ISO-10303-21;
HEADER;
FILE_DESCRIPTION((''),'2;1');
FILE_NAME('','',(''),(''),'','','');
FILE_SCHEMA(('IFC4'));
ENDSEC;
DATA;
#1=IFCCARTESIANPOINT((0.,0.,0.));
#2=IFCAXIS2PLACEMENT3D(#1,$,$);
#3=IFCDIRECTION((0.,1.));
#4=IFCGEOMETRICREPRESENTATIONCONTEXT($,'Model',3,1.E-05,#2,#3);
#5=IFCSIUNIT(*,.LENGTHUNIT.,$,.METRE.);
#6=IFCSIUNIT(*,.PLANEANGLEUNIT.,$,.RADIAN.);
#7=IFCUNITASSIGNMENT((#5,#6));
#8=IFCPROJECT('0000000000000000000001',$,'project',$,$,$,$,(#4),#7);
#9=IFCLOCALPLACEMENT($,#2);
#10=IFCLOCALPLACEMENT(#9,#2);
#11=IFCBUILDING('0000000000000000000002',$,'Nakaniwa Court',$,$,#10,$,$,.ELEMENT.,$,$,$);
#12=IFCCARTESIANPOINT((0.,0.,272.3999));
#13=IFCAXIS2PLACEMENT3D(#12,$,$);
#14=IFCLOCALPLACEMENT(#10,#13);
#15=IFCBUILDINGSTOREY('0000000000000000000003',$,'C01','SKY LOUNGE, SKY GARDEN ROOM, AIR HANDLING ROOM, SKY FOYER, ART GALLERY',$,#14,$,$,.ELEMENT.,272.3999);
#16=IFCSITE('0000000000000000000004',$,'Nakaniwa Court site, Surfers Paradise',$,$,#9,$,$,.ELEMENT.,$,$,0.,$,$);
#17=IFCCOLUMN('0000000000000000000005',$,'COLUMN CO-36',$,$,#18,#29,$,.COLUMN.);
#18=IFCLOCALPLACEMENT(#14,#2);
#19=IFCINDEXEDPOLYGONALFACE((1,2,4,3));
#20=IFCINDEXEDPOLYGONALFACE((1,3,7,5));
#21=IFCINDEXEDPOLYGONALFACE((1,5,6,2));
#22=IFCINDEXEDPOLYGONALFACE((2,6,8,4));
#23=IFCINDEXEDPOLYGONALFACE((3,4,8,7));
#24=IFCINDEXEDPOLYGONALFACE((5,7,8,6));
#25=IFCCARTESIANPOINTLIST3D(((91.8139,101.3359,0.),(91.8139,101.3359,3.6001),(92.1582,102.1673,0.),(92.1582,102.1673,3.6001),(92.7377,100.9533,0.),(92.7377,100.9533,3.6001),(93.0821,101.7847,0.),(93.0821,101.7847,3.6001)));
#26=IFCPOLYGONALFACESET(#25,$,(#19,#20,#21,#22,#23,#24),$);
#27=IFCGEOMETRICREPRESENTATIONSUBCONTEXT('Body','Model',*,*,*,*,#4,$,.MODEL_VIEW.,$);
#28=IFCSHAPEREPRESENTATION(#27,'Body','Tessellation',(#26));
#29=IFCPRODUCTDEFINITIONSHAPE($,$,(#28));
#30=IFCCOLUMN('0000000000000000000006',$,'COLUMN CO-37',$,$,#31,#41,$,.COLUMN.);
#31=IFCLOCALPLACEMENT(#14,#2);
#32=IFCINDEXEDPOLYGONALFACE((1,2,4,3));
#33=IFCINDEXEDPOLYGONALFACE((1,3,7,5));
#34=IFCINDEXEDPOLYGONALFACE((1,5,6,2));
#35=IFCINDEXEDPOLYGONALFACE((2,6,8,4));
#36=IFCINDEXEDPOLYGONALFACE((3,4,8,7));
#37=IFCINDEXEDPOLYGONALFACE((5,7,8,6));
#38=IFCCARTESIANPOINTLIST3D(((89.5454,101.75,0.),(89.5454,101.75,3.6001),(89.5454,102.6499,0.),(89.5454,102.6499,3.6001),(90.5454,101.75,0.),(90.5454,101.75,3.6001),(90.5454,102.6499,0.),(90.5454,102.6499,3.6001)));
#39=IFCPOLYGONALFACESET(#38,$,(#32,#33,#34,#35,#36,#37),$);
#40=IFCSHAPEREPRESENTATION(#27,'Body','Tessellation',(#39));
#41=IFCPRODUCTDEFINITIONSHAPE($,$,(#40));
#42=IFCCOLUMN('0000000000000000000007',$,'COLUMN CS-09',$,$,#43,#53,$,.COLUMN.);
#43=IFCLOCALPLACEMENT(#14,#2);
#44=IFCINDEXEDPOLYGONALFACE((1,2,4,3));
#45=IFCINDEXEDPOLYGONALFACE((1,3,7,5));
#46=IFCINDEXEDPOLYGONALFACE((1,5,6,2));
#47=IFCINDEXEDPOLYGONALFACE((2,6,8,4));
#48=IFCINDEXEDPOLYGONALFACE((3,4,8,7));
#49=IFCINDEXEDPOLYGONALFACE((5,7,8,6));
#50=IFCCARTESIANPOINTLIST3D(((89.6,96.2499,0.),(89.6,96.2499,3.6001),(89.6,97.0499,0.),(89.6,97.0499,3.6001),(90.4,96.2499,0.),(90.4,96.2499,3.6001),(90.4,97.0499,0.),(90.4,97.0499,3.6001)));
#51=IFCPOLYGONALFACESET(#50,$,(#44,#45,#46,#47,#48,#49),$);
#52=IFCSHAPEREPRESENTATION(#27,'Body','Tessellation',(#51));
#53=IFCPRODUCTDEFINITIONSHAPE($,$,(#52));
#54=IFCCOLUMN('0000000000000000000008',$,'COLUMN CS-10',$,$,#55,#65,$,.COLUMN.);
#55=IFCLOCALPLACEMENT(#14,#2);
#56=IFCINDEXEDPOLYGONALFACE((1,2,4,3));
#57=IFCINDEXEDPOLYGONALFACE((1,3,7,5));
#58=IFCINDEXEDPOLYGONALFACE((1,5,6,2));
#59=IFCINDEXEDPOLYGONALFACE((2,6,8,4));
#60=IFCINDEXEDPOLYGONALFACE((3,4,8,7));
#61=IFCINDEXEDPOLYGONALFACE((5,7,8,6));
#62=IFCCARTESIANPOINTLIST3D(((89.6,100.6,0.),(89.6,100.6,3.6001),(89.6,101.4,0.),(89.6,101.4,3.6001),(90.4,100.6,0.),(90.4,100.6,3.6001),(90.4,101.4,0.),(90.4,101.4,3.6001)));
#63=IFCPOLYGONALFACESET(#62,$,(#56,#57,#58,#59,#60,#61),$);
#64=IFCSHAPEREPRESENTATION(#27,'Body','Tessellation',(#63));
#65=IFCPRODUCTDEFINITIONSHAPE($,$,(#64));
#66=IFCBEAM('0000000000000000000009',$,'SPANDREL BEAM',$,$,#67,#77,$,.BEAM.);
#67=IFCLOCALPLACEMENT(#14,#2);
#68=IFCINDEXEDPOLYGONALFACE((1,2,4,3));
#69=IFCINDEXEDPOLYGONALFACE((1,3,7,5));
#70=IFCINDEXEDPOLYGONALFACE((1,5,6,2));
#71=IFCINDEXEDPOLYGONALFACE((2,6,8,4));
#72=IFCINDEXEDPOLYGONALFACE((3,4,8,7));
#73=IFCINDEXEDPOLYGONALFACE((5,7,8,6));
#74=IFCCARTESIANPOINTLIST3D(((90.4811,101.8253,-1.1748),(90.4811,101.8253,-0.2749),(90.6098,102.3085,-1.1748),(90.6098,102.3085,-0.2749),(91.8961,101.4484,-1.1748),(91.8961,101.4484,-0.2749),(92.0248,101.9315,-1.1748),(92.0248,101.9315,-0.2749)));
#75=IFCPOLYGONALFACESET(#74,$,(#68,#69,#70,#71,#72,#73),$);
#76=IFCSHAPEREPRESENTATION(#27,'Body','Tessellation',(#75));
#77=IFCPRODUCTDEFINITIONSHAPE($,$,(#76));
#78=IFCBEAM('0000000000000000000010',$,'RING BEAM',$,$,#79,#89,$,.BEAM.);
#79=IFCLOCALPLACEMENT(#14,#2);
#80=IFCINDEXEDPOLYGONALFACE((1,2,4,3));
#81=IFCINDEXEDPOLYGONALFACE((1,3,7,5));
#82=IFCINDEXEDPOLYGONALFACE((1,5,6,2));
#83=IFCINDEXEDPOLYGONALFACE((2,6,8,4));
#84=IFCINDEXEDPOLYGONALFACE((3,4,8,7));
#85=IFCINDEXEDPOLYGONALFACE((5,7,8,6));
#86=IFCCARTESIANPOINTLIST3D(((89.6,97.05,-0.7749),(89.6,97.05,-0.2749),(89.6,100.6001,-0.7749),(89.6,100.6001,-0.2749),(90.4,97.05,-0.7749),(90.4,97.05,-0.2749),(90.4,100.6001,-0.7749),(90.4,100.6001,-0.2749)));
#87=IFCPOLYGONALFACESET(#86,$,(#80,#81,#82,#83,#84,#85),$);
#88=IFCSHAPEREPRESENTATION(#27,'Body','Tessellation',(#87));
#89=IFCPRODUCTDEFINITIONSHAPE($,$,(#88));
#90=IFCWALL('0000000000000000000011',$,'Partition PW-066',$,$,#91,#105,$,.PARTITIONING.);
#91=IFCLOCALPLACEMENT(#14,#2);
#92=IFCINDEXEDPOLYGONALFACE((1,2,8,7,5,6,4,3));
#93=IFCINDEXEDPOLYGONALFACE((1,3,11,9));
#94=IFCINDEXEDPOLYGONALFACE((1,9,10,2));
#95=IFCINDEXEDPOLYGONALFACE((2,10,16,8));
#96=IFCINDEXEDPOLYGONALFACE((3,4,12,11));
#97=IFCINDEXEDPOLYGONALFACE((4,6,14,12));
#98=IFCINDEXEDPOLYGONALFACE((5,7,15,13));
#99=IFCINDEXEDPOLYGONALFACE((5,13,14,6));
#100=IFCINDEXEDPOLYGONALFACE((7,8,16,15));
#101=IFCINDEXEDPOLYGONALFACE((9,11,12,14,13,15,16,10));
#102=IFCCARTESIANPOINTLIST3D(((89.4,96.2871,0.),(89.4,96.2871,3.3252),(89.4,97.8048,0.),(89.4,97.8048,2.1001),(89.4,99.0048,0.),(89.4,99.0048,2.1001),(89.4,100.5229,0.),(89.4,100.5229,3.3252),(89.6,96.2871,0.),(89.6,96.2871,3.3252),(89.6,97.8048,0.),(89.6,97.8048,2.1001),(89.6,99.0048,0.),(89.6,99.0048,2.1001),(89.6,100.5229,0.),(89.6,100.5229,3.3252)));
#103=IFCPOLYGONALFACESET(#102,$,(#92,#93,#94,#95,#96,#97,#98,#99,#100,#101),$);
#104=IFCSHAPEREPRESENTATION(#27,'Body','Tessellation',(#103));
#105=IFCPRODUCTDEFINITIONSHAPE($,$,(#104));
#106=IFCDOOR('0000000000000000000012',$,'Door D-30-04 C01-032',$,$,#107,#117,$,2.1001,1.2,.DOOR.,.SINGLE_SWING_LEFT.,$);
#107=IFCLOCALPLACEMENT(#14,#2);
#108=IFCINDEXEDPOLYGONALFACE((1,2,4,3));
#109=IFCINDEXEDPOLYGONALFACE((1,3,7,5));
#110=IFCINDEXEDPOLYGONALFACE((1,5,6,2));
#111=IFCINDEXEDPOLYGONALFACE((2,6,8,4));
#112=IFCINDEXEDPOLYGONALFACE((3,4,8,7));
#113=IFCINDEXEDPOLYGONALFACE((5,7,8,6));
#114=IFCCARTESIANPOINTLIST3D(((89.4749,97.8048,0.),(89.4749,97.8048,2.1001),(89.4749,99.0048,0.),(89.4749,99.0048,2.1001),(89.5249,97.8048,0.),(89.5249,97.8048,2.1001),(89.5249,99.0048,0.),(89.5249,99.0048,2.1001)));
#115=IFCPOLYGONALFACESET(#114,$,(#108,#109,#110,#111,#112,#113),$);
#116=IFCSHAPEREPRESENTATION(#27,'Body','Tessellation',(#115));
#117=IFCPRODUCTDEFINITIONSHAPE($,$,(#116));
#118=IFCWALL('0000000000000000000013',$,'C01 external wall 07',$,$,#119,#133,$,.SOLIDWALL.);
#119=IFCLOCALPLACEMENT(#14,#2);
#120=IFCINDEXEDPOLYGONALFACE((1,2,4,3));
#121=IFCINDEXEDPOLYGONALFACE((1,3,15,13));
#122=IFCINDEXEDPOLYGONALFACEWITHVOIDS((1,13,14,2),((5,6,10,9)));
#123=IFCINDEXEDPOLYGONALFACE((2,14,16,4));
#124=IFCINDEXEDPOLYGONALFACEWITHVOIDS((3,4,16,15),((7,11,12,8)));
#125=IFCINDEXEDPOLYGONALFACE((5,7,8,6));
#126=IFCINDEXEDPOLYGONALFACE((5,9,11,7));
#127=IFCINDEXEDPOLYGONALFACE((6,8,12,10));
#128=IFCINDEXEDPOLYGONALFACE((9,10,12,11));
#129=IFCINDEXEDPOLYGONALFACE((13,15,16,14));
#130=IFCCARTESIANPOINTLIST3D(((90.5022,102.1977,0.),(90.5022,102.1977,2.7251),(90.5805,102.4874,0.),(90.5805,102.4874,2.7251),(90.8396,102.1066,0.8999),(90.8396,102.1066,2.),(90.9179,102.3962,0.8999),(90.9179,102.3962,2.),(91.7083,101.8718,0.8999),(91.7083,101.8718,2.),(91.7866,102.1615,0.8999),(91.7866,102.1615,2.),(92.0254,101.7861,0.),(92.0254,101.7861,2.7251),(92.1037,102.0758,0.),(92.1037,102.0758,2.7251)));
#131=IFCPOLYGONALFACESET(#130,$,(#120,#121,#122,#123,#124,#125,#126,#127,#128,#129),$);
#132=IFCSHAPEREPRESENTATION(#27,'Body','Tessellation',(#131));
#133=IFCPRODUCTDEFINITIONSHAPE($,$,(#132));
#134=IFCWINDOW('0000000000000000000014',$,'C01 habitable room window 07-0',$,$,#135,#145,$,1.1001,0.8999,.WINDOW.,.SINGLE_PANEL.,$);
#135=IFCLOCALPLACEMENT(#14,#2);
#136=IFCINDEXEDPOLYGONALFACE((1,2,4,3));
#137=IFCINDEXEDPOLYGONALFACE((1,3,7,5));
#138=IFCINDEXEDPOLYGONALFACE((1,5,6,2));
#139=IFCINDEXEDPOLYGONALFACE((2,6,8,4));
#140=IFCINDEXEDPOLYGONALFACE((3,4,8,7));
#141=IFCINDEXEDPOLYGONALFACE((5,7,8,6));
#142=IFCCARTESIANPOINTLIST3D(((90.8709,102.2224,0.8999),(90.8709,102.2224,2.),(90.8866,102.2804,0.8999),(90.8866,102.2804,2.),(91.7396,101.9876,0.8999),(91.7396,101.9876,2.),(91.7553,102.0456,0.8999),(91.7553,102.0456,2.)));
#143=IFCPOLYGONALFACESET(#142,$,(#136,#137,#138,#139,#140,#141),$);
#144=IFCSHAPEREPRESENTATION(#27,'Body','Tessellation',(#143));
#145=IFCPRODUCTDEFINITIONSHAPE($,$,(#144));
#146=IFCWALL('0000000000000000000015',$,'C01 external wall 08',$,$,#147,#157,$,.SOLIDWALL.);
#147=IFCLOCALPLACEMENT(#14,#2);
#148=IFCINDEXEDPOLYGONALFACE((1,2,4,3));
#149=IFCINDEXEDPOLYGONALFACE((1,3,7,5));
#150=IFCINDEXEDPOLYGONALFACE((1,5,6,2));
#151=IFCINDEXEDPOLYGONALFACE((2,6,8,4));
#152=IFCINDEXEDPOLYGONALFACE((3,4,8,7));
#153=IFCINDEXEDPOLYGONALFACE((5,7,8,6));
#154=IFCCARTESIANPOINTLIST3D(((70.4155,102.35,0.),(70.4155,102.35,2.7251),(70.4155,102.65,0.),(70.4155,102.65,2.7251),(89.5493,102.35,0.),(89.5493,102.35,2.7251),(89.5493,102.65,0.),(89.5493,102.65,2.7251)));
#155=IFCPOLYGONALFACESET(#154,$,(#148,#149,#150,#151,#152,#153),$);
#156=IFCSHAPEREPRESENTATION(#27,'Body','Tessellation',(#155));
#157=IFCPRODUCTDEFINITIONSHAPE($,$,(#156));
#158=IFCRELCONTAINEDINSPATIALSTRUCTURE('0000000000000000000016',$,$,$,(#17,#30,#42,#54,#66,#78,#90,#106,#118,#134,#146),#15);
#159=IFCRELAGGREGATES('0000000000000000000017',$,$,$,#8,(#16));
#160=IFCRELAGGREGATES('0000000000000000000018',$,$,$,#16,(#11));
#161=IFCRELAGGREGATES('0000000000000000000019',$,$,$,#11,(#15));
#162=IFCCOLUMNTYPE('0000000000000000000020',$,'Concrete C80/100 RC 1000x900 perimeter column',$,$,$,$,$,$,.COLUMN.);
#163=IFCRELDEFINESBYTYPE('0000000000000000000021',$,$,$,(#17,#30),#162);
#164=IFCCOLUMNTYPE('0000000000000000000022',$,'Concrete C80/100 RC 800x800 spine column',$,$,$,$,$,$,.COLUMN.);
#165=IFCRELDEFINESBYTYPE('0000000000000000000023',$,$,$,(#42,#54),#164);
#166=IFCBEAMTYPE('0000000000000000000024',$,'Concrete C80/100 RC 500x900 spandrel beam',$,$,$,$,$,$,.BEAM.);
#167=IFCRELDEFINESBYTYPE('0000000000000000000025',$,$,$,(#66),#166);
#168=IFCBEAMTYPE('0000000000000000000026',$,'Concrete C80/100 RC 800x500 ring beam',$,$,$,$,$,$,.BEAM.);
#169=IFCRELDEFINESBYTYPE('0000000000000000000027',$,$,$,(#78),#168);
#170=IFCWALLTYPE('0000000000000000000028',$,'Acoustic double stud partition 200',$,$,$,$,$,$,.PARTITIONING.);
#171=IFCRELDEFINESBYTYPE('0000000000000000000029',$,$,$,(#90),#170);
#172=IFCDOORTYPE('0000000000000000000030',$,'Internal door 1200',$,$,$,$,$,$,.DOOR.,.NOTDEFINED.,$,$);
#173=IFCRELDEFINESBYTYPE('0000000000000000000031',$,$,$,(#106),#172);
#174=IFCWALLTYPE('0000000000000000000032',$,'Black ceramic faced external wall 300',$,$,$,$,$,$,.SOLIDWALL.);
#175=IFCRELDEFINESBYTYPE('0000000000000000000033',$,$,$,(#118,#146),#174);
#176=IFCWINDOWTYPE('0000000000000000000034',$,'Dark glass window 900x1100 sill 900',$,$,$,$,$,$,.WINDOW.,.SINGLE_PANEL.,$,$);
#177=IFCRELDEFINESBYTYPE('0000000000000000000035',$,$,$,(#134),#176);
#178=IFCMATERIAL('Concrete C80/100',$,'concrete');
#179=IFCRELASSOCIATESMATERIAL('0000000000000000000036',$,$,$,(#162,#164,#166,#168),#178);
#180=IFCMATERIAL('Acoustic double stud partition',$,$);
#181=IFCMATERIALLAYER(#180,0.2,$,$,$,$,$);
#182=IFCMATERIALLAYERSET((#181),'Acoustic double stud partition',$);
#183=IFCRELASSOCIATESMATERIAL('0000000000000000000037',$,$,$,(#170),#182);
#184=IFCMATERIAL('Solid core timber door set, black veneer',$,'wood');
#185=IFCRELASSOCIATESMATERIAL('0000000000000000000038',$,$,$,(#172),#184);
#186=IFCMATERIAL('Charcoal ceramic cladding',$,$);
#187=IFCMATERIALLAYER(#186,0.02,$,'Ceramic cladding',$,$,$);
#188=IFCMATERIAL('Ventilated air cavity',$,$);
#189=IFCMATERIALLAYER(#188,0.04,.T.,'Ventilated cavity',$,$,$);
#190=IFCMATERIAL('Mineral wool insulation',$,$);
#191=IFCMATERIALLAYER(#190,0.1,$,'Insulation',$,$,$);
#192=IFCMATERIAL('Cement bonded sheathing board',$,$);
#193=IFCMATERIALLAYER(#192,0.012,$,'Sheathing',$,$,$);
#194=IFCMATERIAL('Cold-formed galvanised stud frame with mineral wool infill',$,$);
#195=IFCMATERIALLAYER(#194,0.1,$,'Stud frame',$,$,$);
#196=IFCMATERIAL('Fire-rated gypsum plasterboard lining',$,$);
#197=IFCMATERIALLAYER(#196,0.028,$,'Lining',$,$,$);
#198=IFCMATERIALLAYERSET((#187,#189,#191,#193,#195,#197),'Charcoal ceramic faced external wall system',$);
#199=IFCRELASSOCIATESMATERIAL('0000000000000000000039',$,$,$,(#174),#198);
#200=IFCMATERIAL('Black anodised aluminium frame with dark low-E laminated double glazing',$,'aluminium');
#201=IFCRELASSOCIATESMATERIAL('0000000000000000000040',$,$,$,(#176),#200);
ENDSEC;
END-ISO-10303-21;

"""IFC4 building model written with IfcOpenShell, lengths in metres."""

from ifc_helpers import new_model, si_unit, direction, frame, frame_2d, origin, origin_2d, place, context, subcontext, project, spatial, rectangle, extrude, material, layer, layer_set, material_profile, profile_set, type_object, element, fill, save


model = new_model("IFC4")

# Units and contexts
model_context = context("Model", 3, precision=1e-05, world=origin(), true_north=direction((0.0, 1.0)))
body_context = subcontext(model_context, "Body", "Model", "MODEL_VIEW")
ifc_project = project(units=[si_unit("LENGTHUNIT", "METRE"), si_unit("PLANEANGLEUNIT", "RADIAN")], contexts=[model_context])

# Site, building, storey
site_placement = place(None, origin())
site = spatial("IfcSite", under=ifc_project, at=site_placement, Name="Nakaniwa Court site, Surfers Paradise", CompositionType="ELEMENT", RefElevation=0.0)
building_placement = place(site_placement, origin())
building = spatial("IfcBuilding", under=site, at=building_placement, Name="Nakaniwa Court", CompositionType="ELEMENT")
storey_placement = place(building_placement, frame((0.0, 0.0, 272.3999)))
storey = spatial("IfcBuildingStorey", under=building, at=storey_placement, Name="C01", Description="SKY LOUNGE, SKY GARDEN ROOM, AIR HANDLING ROOM, SKY FOYER, ART GALLERY", CompositionType="ELEMENT", Elevation=272.3999)

# Columns
ifc_material_1 = material(Name="Concrete C80/100", Category="concrete")
ifc_material_profile_1 = material_profile(ifc_material_1, rectangle(XDim=1.0, YDim=0.8999, at=origin_2d()), Name="Concrete C80/100 RC 1000x900 perimeter column")
ifc_profile_set_1 = profile_set([ifc_material_profile_1], Name="Concrete C80/100")
column_type_1 = type_object("IfcColumnType", Name="Concrete C80/100 RC 1000x900 perimeter column", PredefinedType="COLUMN", material=ifc_profile_set_1)
for number, where, z_axis, x_axis, name in (
    (1, (92.448, 101.5603, 0.0), (0.0, 0.0, 1.0), (-0.92388, 0.382683, 0.0), "COLUMN CO-36"),
    (2, (90.0454, 102.2, 0.0), (0.0, 0.0, 1.0), (-1.0, 0.0, 0.0), "COLUMN CO-37"),
):
    element("IfcColumn", number, at=place(storey_placement, frame(where, z_axis=z_axis, x_axis=x_axis)), inside=storey, type_object=column_type_1, Name=name, PredefinedType="COLUMN", context=body_context, shape_type="SweptSolid", body=[
        extrude(rectangle(XDim=1.0, YDim=0.8999, at=origin_2d()), origin(), (0.0, 0.0, 1.0), 3.6001),
    ])
ifc_material_profile_2 = material_profile(ifc_material_1, rectangle(XDim=0.8, YDim=0.8, at=origin_2d()), Name="Concrete C80/100 RC 800x800 spine column")
ifc_profile_set_2 = profile_set([ifc_material_profile_2], Name="Concrete C80/100")
column_type_2 = type_object("IfcColumnType", Name="Concrete C80/100 RC 800x800 spine column", PredefinedType="COLUMN", material=ifc_profile_set_2)
for number, where, z_axis, x_axis, name in (
    (3, (90.0, 96.6499, 0.0), (0.0, 0.0, 1.0), (0.0, 1.0, 0.0), "COLUMN CS-09"),
    (4, (90.0, 101.0, 0.0), (0.0, 0.0, 1.0), (0.0, 1.0, 0.0), "COLUMN CS-10"),
):
    element("IfcColumn", number, at=place(storey_placement, frame(where, z_axis=z_axis, x_axis=x_axis)), inside=storey, type_object=column_type_2, Name=name, PredefinedType="COLUMN", context=body_context, shape_type="SweptSolid", body=[
        extrude(rectangle(XDim=0.8, YDim=0.8, at=origin_2d()), origin(), (0.0, 0.0, 1.0), 3.6001),
    ])

# Beams
ifc_material_profile_3 = material_profile(ifc_material_1, rectangle(XDim=0.5, YDim=0.8999, at=origin_2d()), Name="Concrete C80/100 RC 500x900 spandrel beam")
ifc_profile_set_3 = profile_set([ifc_material_profile_3], Name="Concrete C80/100")
beam_type_1 = type_object("IfcBeamType", Name="Concrete C80/100 RC 500x900 spandrel beam", PredefinedType="BEAM", material=ifc_profile_set_3)
beam_1_placement = place(storey_placement, frame((91.9604, 101.6899, -0.7249), z_axis=(-0.966301, 0.257414, 0.0), x_axis=(-0.257414, -0.966301, 0.0)))
element("IfcBeam", 5, at=beam_1_placement, inside=storey, type_object=beam_type_1, Name="SPANDREL BEAM", PredefinedType="BEAM", context=body_context, shape_type="SweptSolid", body=[
    extrude(rectangle(XDim=0.5, YDim=0.8999, at=origin_2d()), origin(), (0.0, 0.0, 1.0), 1.4644),
])
ifc_material_profile_4 = material_profile(ifc_material_1, rectangle(XDim=0.8, YDim=0.5, at=origin_2d()), Name="Concrete C80/100 RC 800x500 ring beam")
ifc_profile_set_4 = profile_set([ifc_material_profile_4], Name="Concrete C80/100")
beam_type_2 = type_object("IfcBeamType", Name="Concrete C80/100 RC 800x500 ring beam", PredefinedType="BEAM", material=ifc_profile_set_4)
beam_2_placement = place(storey_placement, frame((90.0, 97.05, -0.5249), z_axis=(0.0, 1.0, 0.0), x_axis=(-1.0, 0.0, 0.0)))
element("IfcBeam", 6, at=beam_2_placement, inside=storey, type_object=beam_type_2, Name="RING BEAM", PredefinedType="BEAM", context=body_context, shape_type="SweptSolid", body=[
    extrude(rectangle(XDim=0.8, YDim=0.5, at=origin_2d()), origin(), (0.0, 0.0, 1.0), 3.55),
])

# Wall, opening, door
ifc_material_2 = material(Name="Acoustic double stud partition")
ifc_layer_1 = layer(ifc_material_2, 0.2)
ifc_layer_set_1 = layer_set([ifc_layer_1], Name="Acoustic double stud partition")
wall_type_1 = type_object("IfcWallType", Name="Acoustic double stud partition 200", PredefinedType="PARTITIONING", material=ifc_layer_set_1)
wall_1_placement = place(storey_placement, frame((89.5, 100.5229, 0.0), z_axis=(0.0, 0.0, 1.0), x_axis=(0.0, -1.0, 0.0)))
wall_1 = element("IfcWall", 7, at=wall_1_placement, inside=storey, type_object=wall_type_1, Name="Partition PW-066", PredefinedType="PARTITIONING", context=body_context, shape_type="SweptSolid", body=[
    extrude(rectangle(XDim=4.2358, YDim=0.2, at=frame_2d((2.1179, 0.0))), origin(), (0.0, 0.0, 1.0), 3.3252),
])
opening_1_placement = place(wall_1_placement, frame((1.5181, 0.0, 0.0)))
opening_1 = element("IfcOpeningElement", 8, at=opening_1_placement, cuts=wall_1, PredefinedType="OPENING", context=body_context, shape_type="SweptSolid", body=[
    extrude(rectangle(XDim=1.2, YDim=2.1001, at=frame_2d((0.6001, 1.05))), frame((0.0, 0.1099, 0.0), z_axis=(0.0, -1.0, 0.0), x_axis=(1.0, 0.0, 0.0)), (0.0, 0.0, 1.0), 0.22),
])
ifc_material_3 = material(Name="Solid core timber door set, black veneer", Category="wood")
door_type_1 = type_object("IfcDoorType", Name="Internal door 1200", OperationType="NOTDEFINED", PredefinedType="DOOR", material=ifc_material_3)
door_1_placement = place(opening_1_placement, origin())
door_1 = element("IfcDoor", 9, at=door_1_placement, inside=storey, type_object=door_type_1, Name="Door D-30-04 C01-032", OperationType="SINGLE_SWING_LEFT", OverallHeight=2.1001, OverallWidth=1.2, PredefinedType="DOOR", context=body_context, shape_type="SweptSolid", body=[
    extrude(rectangle(XDim=1.2, YDim=2.1001, at=frame_2d((0.6001, 1.05))), frame((0.0, 0.0249, 0.0), z_axis=(0.0, -1.0, 0.0), x_axis=(1.0, 0.0, 0.0)), (0.0, 0.0, 1.0), 0.05),
])
fill(opening_1, door_1)

# Wall, opening, window
ifc_material_4 = material(Name="Charcoal ceramic cladding")
ifc_layer_2 = layer(ifc_material_4, 0.02, Name="Ceramic cladding")
ifc_material_5 = material(Name="Ventilated air cavity")
ifc_layer_3 = layer(ifc_material_5, 0.04, ventilated=True, Name="Ventilated cavity")
ifc_material_6 = material(Name="Mineral wool insulation")
ifc_layer_4 = layer(ifc_material_6, 0.1, Name="Insulation")
ifc_material_7 = material(Name="Cement bonded sheathing board")
ifc_layer_5 = layer(ifc_material_7, 0.012, Name="Sheathing")
ifc_material_8 = material(Name="Cold-formed galvanised stud frame with mineral wool infill")
ifc_layer_6 = layer(ifc_material_8, 0.1, Name="Stud frame")
ifc_material_9 = material(Name="Fire-rated gypsum plasterboard lining")
ifc_layer_7 = layer(ifc_material_9, 0.028, Name="Lining")
ifc_layer_set_2 = layer_set([ifc_layer_2, ifc_layer_3, ifc_layer_4, ifc_layer_5, ifc_layer_6, ifc_layer_7], Name="Charcoal ceramic faced external wall system")
wall_type_2 = type_object("IfcWallType", Name="Black ceramic faced external wall 300", PredefinedType="SOLIDWALL", material=ifc_layer_set_2)
wall_2_placement = place(storey_placement, frame((92.0647, 101.9309, 0.0), z_axis=(0.0, 0.0, 1.0), x_axis=(-0.965372, 0.260878, 0.0)))
wall_2 = element("IfcWall", 10, at=wall_2_placement, inside=storey, type_object=wall_type_2, Name="C01 external wall 07", PredefinedType="SOLIDWALL", context=body_context, shape_type="SweptSolid", body=[
    extrude(rectangle(XDim=1.5779, YDim=0.3, at=frame_2d((0.7891, 0.0))), origin(), (0.0, 0.0, 1.0), 2.7251),
])
opening_2_placement = place(wall_2_placement, frame((0.3286, 0.0, 0.8999)))
opening_2 = element("IfcOpeningElement", 11, at=opening_2_placement, cuts=wall_2, PredefinedType="OPENING", context=body_context, shape_type="SweptSolid", body=[
    extrude(rectangle(XDim=0.8999, YDim=1.1001, at=frame_2d((0.45, 0.55))), frame((0.0, 0.1599, 0.0), z_axis=(0.0, -1.0, 0.0), x_axis=(1.0, 0.0, 0.0)), (0.0, 0.0, 1.0), 0.3201),
])
ifc_material_10 = material(Name="Black anodised aluminium frame with dark low-E laminated double glazing", Category="aluminium")
window_type = type_object("IfcWindowType", Name="Dark glass window 900x1100 sill 900", PartitioningType="SINGLE_PANEL", PredefinedType="WINDOW", material=ifc_material_10)
window_placement = place(opening_2_placement, origin())
window = element("IfcWindow", 12, at=window_placement, inside=storey, type_object=window_type, Name="C01 habitable room window 07-0", OverallHeight=1.1001, OverallWidth=0.8999, PartitioningType="SINGLE_PANEL", PredefinedType="WINDOW", context=body_context, shape_type="SweptSolid", body=[
    extrude(rectangle(XDim=0.8999, YDim=1.1001, at=frame_2d((0.45, 0.55))), frame((0.0, 0.03, 0.0), z_axis=(0.0, -1.0, 0.0), x_axis=(1.0, 0.0, 0.0)), (0.0, 0.0, 1.0), 0.0601),
])
fill(opening_2, window)

# Wall
wall_3_placement = place(storey_placement, frame((89.5493, 102.5, 0.0), z_axis=(0.0, 0.0, 1.0), x_axis=(-1.0, 0.0, 0.0)))
element("IfcWall", 13, at=wall_3_placement, inside=storey, type_object=wall_type_2, Name="C01 external wall 08", PredefinedType="SOLIDWALL", context=body_context, shape_type="SweptSolid", body=[
    extrude(rectangle(XDim=19.1338, YDim=0.3, at=frame_2d((9.5669, 0.0))), origin(), (0.0, 0.0, 1.0), 2.7251),
])

save(model, "model.ifc")
